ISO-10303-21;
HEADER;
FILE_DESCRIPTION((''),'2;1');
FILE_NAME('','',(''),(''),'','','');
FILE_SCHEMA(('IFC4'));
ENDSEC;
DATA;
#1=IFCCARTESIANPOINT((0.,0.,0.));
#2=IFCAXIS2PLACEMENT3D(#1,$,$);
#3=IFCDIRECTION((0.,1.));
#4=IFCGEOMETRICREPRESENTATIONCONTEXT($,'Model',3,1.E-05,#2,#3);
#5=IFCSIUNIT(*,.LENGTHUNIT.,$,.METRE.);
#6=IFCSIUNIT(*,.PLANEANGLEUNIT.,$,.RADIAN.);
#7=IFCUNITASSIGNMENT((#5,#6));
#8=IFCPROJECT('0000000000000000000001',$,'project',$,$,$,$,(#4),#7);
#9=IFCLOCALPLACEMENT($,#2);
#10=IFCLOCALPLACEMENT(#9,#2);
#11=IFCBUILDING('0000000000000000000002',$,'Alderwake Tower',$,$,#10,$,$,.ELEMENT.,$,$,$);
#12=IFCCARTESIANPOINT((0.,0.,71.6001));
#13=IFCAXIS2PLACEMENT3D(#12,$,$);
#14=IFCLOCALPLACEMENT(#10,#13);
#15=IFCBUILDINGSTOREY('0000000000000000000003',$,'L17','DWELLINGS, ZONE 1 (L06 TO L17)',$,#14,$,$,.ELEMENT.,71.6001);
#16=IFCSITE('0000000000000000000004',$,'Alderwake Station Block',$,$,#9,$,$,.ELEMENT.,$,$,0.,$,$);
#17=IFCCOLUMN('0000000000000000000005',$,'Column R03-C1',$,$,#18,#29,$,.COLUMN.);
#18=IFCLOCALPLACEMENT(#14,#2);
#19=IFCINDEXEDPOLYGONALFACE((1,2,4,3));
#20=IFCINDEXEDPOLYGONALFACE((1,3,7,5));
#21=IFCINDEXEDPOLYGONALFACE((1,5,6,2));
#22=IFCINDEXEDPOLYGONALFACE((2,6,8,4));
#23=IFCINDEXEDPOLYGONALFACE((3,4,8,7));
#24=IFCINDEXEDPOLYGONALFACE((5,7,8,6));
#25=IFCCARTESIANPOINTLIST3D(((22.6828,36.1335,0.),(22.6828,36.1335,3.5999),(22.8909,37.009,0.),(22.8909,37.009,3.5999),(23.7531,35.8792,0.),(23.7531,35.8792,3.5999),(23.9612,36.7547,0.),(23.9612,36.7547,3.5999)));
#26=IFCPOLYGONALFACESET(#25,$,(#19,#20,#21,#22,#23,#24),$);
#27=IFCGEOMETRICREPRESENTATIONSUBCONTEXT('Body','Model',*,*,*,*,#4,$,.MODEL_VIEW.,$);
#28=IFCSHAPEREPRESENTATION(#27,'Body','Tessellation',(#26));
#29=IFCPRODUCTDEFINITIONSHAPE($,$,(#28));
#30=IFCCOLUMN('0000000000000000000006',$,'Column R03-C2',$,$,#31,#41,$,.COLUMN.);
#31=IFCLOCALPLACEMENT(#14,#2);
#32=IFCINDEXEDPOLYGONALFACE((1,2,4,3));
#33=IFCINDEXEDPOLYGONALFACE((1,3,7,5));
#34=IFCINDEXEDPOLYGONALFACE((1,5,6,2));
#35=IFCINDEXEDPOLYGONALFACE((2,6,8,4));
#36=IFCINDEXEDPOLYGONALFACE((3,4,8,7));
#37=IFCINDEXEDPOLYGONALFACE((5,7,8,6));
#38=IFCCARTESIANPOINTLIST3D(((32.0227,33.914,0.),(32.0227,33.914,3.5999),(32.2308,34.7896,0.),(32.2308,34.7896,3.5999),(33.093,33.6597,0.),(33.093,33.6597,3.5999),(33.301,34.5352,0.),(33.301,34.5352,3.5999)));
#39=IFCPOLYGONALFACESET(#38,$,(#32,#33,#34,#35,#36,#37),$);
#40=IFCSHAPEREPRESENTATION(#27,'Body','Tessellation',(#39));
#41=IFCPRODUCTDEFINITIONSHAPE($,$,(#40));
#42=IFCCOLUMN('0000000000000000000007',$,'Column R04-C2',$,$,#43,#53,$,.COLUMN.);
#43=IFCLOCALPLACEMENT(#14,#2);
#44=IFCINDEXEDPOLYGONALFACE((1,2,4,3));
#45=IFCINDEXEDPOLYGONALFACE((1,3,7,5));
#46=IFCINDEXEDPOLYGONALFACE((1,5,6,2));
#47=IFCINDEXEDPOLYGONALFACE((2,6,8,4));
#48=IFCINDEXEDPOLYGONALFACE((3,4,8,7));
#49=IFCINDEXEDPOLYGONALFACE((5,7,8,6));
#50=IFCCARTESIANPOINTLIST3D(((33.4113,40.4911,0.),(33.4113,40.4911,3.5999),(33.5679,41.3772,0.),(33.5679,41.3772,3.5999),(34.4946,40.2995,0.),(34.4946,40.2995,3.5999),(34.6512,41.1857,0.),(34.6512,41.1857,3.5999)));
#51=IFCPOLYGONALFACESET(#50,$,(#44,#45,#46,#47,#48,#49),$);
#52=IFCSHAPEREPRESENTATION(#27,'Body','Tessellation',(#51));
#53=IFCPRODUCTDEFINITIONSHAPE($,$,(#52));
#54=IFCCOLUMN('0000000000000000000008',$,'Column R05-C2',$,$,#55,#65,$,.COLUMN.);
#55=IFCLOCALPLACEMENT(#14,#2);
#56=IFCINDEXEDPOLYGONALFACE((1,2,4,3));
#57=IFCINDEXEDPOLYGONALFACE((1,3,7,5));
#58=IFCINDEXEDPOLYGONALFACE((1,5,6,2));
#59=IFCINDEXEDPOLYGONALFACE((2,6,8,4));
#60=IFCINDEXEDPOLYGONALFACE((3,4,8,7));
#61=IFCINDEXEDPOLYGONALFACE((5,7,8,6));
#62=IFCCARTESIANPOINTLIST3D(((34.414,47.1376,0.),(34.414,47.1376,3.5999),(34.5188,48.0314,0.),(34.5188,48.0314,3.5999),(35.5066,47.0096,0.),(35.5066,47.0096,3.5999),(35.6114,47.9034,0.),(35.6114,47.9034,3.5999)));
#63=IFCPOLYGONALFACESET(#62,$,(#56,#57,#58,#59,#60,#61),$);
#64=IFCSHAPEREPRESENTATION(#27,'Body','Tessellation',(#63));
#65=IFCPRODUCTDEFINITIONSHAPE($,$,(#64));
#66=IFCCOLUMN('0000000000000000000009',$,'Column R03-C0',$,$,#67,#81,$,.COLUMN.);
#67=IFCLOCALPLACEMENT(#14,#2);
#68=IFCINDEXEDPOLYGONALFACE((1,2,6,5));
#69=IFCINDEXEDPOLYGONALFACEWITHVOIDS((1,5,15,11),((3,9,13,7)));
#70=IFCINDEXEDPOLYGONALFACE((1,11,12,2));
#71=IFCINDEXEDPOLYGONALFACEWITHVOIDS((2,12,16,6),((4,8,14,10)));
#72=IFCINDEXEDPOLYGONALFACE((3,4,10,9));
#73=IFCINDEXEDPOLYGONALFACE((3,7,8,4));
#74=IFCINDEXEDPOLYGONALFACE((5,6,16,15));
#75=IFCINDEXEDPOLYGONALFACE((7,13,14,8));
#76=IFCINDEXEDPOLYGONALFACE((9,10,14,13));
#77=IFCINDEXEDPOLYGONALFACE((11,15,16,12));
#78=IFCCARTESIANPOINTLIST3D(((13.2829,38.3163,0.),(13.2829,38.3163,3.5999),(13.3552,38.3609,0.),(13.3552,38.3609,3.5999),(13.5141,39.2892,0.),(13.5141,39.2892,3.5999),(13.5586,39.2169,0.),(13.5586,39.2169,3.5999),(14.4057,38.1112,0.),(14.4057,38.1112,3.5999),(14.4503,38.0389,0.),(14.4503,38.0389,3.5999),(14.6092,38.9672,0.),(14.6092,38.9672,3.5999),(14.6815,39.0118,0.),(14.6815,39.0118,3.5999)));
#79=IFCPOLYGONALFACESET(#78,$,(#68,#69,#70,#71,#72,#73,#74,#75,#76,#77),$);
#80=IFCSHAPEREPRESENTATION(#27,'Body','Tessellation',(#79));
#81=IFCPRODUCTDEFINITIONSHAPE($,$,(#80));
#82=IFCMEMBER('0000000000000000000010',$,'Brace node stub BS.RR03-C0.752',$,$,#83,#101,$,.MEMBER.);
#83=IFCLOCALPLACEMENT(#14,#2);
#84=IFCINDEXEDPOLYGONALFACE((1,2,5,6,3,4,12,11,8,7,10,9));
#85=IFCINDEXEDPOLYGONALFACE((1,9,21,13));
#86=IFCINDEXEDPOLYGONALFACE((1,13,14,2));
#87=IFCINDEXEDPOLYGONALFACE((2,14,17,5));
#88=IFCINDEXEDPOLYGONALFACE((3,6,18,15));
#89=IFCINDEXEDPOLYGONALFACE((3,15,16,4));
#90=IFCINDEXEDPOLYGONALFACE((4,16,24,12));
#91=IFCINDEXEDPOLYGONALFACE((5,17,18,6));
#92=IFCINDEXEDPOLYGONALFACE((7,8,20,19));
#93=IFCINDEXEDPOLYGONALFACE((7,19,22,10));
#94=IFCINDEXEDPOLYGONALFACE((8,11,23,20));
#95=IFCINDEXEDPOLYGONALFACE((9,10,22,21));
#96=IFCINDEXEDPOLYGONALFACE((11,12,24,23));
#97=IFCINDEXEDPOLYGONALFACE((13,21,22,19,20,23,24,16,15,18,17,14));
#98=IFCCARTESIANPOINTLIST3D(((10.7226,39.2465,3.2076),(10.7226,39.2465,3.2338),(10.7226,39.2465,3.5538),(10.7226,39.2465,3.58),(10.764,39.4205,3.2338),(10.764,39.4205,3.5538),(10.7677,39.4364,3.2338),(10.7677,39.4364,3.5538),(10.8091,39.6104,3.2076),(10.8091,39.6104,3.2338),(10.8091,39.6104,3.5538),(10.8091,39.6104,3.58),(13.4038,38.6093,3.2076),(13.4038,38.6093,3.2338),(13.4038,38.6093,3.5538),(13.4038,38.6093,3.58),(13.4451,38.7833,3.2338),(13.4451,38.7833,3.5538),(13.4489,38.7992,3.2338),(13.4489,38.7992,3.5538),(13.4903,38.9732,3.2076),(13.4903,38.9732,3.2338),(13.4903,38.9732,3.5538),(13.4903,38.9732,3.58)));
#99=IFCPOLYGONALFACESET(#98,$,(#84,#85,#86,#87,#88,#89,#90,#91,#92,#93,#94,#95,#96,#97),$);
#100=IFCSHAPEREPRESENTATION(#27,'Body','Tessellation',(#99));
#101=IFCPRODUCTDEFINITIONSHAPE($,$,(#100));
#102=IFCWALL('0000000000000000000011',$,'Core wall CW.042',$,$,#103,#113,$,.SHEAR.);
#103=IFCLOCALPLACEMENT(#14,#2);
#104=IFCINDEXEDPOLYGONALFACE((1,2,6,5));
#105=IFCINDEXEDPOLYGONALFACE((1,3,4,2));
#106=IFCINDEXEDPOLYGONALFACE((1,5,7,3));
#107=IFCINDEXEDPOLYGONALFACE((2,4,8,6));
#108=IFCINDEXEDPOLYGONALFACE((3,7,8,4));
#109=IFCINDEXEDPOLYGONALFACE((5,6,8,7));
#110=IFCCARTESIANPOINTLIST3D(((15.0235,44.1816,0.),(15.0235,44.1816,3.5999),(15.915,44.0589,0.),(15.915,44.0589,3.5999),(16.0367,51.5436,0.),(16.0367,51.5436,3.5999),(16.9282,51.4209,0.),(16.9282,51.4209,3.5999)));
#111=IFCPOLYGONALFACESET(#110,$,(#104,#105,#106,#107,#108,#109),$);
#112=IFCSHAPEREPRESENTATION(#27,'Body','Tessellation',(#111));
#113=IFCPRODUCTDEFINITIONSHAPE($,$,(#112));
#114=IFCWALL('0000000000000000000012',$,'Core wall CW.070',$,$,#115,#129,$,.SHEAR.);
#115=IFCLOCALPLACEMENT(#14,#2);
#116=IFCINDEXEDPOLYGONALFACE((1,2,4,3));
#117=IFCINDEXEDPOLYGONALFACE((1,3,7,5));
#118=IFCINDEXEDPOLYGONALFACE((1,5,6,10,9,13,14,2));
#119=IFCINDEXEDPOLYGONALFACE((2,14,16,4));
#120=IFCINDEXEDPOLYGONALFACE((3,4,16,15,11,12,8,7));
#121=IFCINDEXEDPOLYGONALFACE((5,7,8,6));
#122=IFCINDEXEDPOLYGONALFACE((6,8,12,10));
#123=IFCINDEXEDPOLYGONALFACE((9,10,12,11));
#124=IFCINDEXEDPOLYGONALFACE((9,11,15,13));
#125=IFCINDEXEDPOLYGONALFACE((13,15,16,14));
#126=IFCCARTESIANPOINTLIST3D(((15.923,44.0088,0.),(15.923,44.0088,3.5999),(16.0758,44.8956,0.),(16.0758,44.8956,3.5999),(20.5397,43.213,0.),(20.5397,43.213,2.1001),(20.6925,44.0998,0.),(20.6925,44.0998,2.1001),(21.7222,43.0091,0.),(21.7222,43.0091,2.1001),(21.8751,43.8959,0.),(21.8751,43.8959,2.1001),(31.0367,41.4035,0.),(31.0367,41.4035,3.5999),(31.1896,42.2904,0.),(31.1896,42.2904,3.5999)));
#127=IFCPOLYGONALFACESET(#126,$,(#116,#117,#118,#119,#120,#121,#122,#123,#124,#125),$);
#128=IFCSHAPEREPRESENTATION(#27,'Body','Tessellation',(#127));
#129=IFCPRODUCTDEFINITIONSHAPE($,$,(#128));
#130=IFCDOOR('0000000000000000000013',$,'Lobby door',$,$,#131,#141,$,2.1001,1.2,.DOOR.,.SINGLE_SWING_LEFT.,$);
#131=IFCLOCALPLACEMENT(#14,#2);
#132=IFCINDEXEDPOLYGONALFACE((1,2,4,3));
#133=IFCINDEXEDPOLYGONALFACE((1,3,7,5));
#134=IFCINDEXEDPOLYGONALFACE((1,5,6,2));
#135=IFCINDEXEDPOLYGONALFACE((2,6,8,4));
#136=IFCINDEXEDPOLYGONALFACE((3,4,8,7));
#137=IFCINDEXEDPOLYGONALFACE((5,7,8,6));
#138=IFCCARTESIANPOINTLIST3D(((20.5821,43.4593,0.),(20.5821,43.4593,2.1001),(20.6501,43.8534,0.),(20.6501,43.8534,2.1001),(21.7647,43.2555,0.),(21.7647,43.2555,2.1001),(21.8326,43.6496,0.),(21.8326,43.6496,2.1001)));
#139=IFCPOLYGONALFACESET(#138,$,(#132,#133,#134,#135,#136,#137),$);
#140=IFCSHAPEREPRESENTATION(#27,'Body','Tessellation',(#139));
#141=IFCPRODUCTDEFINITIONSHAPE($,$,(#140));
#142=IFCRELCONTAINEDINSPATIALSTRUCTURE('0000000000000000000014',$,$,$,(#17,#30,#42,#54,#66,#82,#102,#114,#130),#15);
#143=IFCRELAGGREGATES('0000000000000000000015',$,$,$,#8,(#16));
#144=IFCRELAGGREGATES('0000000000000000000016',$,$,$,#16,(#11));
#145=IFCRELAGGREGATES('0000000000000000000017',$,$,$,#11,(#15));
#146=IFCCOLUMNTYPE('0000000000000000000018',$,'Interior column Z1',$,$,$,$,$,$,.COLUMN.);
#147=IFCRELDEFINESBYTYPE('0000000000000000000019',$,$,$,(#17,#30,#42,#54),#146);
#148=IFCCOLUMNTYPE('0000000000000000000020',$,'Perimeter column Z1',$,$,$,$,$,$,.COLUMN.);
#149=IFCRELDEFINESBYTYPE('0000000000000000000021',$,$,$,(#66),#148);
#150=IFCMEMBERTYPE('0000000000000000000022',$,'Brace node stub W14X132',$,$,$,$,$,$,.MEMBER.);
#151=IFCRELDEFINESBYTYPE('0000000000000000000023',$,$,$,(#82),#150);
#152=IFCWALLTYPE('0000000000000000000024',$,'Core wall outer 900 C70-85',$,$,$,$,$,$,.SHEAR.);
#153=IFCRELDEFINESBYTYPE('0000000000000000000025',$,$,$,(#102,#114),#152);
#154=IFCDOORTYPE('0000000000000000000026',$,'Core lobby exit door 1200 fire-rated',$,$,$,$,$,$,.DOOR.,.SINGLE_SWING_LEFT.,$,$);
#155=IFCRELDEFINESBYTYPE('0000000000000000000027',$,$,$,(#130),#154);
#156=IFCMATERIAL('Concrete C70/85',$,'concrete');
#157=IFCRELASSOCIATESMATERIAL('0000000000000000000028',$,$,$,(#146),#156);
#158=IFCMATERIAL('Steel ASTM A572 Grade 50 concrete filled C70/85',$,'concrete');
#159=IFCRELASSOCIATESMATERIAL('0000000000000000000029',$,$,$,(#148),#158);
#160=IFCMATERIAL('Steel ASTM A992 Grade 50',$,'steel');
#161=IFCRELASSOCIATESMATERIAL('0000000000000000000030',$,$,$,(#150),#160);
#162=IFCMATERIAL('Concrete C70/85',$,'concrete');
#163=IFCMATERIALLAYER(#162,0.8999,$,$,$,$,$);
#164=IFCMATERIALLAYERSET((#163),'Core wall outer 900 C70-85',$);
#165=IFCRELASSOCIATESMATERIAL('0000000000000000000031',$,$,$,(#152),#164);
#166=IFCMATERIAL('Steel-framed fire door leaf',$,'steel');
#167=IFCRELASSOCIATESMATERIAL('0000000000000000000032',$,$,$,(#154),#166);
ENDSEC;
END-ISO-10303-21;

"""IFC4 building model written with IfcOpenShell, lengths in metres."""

from ifc_helpers import new_model, si_unit, direction, frame, frame_2d, origin, origin_2d, place, context, subcontext, project, spatial, rectangle, hollow_rectangle, i_section, extrude, material, layer, layer_set, material_profile, profile_set, type_object, element, fill, save


model = new_model("IFC4")

# Units and contexts
model_context = context("Model", 3, precision=1e-05, world=origin(), true_north=direction((0.0, 1.0)))
body_context = subcontext(model_context, "Body", "Model", "MODEL_VIEW")
ifc_project = project(units=[si_unit("LENGTHUNIT", "METRE"), si_unit("PLANEANGLEUNIT", "RADIAN")], contexts=[model_context])

# Site, building, storey
site_placement = place(None, origin())
site = spatial("IfcSite", under=ifc_project, at=site_placement, Name="Alderwake Station Block", CompositionType="ELEMENT", RefElevation=0.0)
building_placement = place(site_placement, origin())
building = spatial("IfcBuilding", under=site, at=building_placement, Name="Alderwake Tower", CompositionType="ELEMENT")
storey_placement = place(building_placement, frame((0.0, 0.0, 71.6001)))
storey = spatial("IfcBuildingStorey", under=building, at=storey_placement, Name="L17", Description="DWELLINGS, ZONE 1 (L06 TO L17)", CompositionType="ELEMENT", Elevation=71.6001)

# Columns
ifc_material_1 = material(Name="Concrete C70/85", Category="concrete")
ifc_material_profile_1 = material_profile(ifc_material_1, rectangle(XDim=0.8999, YDim=1.1001, at=origin_2d()), Name="RC 1100X900")
ifc_profile_set_1 = profile_set([ifc_material_profile_1], Name="Concrete C70/85")
column_type_1 = type_object("IfcColumnType", Name="Interior column Z1", PredefinedType="COLUMN", material=ifc_profile_set_1)
for number, where, z_axis, x_axis, name in (
    (1, (23.322, 36.4441, 0.0), (0.0, 0.0, 1.0), (0.231222, 0.972901, 0.0), "Column R03-C1"),
    (2, (32.6619, 34.2246, 0.0), (0.0, 0.0, 1.0), (0.231222, 0.972901, 0.0), "Column R03-C2"),
    (3, (34.0312, 40.8384, 0.0), (0.0, 0.0, 1.0), (0.174109, 0.984726, 0.0), "Column R04-C2"),
    (4, (35.0127, 47.5205, 0.0), (0.0, 0.0, 1.0), (0.116402, 0.993202, 0.0), "Column R05-C2"),
):
    element("IfcColumn", number, at=place(storey_placement, frame(where, z_axis=z_axis, x_axis=x_axis)), inside=storey, type_object=column_type_1, Name=name, PredefinedType="COLUMN", context=body_context, shape_type="SweptSolid", body=[
        extrude(rectangle(XDim=0.8999, YDim=1.1001, at=origin_2d()), origin(), (0.0, 0.0, 1.0), 3.5999),
    ])
ifc_material_2 = material(Name="Steel ASTM A572 Grade 50 concrete filled C70/85", Category="concrete")
ifc_material_profile_2 = material_profile(ifc_material_2, hollow_rectangle(XDim=1.0, YDim=1.2, WallThickness=0.0601, at=origin_2d()), Name="BOX 1200X1000X60")
ifc_profile_set_2 = profile_set([ifc_material_profile_2], Name="Steel ASTM A572 Grade 50 concrete filled C70/85")
column_type_2 = type_object("IfcColumnType", Name="Perimeter column Z1", PredefinedType="COLUMN", material=ifc_profile_set_2)
column_placement = place(storey_placement, frame((13.9822, 38.6641, 0.0), z_axis=(0.0, 0.0, 1.0), x_axis=(0.231222, 0.972901, 0.0)))
element("IfcColumn", 5, at=column_placement, inside=storey, type_object=column_type_2, Name="Column R03-C0", PredefinedType="COLUMN", context=body_context, shape_type="SweptSolid", body=[
    extrude(hollow_rectangle(XDim=1.0, YDim=1.2, WallThickness=0.0601, at=origin_2d()), origin(), (0.0, 0.0, 1.0), 3.5999),
])

# Member
ifc_material_3 = material(Name="Steel ASTM A992 Grade 50", Category="steel")
ifc_material_profile_3 = material_profile(ifc_material_3, i_section(OverallWidth=0.374, OverallDepth=0.3723, WebThickness=0.0164, FlangeThickness=0.0261, at=origin_2d()), Name="W14X132")
ifc_profile_set_3 = profile_set([ifc_material_profile_3], Name="Steel ASTM A992 Grade 50")
member_type = type_object("IfcMemberType", Name="Brace node stub W14X132", PredefinedType="MEMBER", material=ifc_profile_set_3)
member_placement = place(storey_placement, frame((13.447, 38.7913, 3.3938), z_axis=(-0.972901, 0.231221, 0.0), x_axis=(-0.231221, -0.972901, 0.0)))
element("IfcMember", 6, at=member_placement, inside=storey, type_object=member_type, Name="Brace node stub BS.RR03-C0.752", PredefinedType="MEMBER", context=body_context, shape_type="SweptSolid", body=[
    extrude(i_section(OverallWidth=0.374, OverallDepth=0.3723, WebThickness=0.0164, FlangeThickness=0.0261, at=origin_2d()), origin(), (0.0, 0.0, 1.0), 2.7559),
])

# Wall
ifc_material_4 = material(Name="Concrete C70/85", Category="concrete")
ifc_layer_1 = layer(ifc_material_4, 0.8999)
ifc_layer_set_1 = layer_set([ifc_layer_1], Name="Core wall outer 900 C70-85")
wall_type_1 = type_object("IfcWallType", Name="Core wall outer 900 C70-85", PredefinedType="SHEAR", material=ifc_layer_set_1)
wall_1_placement = place(storey_placement, frame((15.4692, 44.1201, 0.0), z_axis=(0.0, 0.0, 1.0), x_axis=(0.136337, 0.990662, 0.0)))
element("IfcWall", 7, at=wall_1_placement, inside=storey, type_object=wall_type_1, Name="Core wall CW.042", PredefinedType="SHEAR", context=body_context, shape_type="SweptSolid", body=[
    extrude(rectangle(XDim=7.4314, YDim=0.8999, at=frame_2d((3.7158, 0.0))), origin(), (0.0, 0.0, 1.0), 3.5999),
])

# Wall, opening, door
wall_2_placement = place(storey_placement, frame((31.1133, 41.8469, 0.0), z_axis=(0.0, 0.0, 1.0), x_axis=(-0.985467, 0.169869, 0.0)))
wall_2 = element("IfcWall", 8, at=wall_2_placement, inside=storey, type_object=wall_type_1, Name="Core wall CW.070", PredefinedType="SHEAR", context=body_context, shape_type="SweptSolid", body=[
    extrude(rectangle(XDim=15.3367, YDim=0.8999, at=frame_2d((7.6685, 0.0))), origin(), (0.0, 0.0, 1.0), 3.5999),
])
opening_1_placement = place(wall_2_placement, frame((9.4519, 0.0, 0.0)))
opening_1 = element("IfcOpeningElement", 9, at=opening_1_placement, cuts=wall_2, PredefinedType="OPENING", context=body_context, shape_type="SweptSolid", body=[
    extrude(rectangle(XDim=1.2, YDim=2.1001, at=frame_2d((0.6001, 1.05))), frame((0.0, 0.46, 0.0), z_axis=(0.0, -1.0, 0.0), x_axis=(1.0, 0.0, 0.0)), (0.0, 0.0, 1.0), 0.9199),
])
ifc_material_5 = material(Name="Steel-framed fire door leaf", Category="steel")
door_type_1 = type_object("IfcDoorType", Name="Core lobby exit door 1200 fire-rated", OperationType="SINGLE_SWING_LEFT", PredefinedType="DOOR", material=ifc_material_5)
door_1_placement = place(opening_1_placement, origin())
door_1 = element("IfcDoor", 10, at=door_1_placement, inside=storey, type_object=door_type_1, Name="Lobby door", OperationType="SINGLE_SWING_LEFT", OverallHeight=2.1001, OverallWidth=1.2, PredefinedType="DOOR", context=body_context, shape_type="SweptSolid", body=[
    extrude(rectangle(XDim=1.2, YDim=2.1001, at=frame_2d((0.6001, 1.05))), frame((0.0, 0.2, 0.0), z_axis=(0.0, -1.0, 0.0), x_axis=(1.0, 0.0, 0.0)), (0.0, 0.0, 1.0), 0.3999),
])
fill(opening_1, door_1)

save(model, "model.ifc")
